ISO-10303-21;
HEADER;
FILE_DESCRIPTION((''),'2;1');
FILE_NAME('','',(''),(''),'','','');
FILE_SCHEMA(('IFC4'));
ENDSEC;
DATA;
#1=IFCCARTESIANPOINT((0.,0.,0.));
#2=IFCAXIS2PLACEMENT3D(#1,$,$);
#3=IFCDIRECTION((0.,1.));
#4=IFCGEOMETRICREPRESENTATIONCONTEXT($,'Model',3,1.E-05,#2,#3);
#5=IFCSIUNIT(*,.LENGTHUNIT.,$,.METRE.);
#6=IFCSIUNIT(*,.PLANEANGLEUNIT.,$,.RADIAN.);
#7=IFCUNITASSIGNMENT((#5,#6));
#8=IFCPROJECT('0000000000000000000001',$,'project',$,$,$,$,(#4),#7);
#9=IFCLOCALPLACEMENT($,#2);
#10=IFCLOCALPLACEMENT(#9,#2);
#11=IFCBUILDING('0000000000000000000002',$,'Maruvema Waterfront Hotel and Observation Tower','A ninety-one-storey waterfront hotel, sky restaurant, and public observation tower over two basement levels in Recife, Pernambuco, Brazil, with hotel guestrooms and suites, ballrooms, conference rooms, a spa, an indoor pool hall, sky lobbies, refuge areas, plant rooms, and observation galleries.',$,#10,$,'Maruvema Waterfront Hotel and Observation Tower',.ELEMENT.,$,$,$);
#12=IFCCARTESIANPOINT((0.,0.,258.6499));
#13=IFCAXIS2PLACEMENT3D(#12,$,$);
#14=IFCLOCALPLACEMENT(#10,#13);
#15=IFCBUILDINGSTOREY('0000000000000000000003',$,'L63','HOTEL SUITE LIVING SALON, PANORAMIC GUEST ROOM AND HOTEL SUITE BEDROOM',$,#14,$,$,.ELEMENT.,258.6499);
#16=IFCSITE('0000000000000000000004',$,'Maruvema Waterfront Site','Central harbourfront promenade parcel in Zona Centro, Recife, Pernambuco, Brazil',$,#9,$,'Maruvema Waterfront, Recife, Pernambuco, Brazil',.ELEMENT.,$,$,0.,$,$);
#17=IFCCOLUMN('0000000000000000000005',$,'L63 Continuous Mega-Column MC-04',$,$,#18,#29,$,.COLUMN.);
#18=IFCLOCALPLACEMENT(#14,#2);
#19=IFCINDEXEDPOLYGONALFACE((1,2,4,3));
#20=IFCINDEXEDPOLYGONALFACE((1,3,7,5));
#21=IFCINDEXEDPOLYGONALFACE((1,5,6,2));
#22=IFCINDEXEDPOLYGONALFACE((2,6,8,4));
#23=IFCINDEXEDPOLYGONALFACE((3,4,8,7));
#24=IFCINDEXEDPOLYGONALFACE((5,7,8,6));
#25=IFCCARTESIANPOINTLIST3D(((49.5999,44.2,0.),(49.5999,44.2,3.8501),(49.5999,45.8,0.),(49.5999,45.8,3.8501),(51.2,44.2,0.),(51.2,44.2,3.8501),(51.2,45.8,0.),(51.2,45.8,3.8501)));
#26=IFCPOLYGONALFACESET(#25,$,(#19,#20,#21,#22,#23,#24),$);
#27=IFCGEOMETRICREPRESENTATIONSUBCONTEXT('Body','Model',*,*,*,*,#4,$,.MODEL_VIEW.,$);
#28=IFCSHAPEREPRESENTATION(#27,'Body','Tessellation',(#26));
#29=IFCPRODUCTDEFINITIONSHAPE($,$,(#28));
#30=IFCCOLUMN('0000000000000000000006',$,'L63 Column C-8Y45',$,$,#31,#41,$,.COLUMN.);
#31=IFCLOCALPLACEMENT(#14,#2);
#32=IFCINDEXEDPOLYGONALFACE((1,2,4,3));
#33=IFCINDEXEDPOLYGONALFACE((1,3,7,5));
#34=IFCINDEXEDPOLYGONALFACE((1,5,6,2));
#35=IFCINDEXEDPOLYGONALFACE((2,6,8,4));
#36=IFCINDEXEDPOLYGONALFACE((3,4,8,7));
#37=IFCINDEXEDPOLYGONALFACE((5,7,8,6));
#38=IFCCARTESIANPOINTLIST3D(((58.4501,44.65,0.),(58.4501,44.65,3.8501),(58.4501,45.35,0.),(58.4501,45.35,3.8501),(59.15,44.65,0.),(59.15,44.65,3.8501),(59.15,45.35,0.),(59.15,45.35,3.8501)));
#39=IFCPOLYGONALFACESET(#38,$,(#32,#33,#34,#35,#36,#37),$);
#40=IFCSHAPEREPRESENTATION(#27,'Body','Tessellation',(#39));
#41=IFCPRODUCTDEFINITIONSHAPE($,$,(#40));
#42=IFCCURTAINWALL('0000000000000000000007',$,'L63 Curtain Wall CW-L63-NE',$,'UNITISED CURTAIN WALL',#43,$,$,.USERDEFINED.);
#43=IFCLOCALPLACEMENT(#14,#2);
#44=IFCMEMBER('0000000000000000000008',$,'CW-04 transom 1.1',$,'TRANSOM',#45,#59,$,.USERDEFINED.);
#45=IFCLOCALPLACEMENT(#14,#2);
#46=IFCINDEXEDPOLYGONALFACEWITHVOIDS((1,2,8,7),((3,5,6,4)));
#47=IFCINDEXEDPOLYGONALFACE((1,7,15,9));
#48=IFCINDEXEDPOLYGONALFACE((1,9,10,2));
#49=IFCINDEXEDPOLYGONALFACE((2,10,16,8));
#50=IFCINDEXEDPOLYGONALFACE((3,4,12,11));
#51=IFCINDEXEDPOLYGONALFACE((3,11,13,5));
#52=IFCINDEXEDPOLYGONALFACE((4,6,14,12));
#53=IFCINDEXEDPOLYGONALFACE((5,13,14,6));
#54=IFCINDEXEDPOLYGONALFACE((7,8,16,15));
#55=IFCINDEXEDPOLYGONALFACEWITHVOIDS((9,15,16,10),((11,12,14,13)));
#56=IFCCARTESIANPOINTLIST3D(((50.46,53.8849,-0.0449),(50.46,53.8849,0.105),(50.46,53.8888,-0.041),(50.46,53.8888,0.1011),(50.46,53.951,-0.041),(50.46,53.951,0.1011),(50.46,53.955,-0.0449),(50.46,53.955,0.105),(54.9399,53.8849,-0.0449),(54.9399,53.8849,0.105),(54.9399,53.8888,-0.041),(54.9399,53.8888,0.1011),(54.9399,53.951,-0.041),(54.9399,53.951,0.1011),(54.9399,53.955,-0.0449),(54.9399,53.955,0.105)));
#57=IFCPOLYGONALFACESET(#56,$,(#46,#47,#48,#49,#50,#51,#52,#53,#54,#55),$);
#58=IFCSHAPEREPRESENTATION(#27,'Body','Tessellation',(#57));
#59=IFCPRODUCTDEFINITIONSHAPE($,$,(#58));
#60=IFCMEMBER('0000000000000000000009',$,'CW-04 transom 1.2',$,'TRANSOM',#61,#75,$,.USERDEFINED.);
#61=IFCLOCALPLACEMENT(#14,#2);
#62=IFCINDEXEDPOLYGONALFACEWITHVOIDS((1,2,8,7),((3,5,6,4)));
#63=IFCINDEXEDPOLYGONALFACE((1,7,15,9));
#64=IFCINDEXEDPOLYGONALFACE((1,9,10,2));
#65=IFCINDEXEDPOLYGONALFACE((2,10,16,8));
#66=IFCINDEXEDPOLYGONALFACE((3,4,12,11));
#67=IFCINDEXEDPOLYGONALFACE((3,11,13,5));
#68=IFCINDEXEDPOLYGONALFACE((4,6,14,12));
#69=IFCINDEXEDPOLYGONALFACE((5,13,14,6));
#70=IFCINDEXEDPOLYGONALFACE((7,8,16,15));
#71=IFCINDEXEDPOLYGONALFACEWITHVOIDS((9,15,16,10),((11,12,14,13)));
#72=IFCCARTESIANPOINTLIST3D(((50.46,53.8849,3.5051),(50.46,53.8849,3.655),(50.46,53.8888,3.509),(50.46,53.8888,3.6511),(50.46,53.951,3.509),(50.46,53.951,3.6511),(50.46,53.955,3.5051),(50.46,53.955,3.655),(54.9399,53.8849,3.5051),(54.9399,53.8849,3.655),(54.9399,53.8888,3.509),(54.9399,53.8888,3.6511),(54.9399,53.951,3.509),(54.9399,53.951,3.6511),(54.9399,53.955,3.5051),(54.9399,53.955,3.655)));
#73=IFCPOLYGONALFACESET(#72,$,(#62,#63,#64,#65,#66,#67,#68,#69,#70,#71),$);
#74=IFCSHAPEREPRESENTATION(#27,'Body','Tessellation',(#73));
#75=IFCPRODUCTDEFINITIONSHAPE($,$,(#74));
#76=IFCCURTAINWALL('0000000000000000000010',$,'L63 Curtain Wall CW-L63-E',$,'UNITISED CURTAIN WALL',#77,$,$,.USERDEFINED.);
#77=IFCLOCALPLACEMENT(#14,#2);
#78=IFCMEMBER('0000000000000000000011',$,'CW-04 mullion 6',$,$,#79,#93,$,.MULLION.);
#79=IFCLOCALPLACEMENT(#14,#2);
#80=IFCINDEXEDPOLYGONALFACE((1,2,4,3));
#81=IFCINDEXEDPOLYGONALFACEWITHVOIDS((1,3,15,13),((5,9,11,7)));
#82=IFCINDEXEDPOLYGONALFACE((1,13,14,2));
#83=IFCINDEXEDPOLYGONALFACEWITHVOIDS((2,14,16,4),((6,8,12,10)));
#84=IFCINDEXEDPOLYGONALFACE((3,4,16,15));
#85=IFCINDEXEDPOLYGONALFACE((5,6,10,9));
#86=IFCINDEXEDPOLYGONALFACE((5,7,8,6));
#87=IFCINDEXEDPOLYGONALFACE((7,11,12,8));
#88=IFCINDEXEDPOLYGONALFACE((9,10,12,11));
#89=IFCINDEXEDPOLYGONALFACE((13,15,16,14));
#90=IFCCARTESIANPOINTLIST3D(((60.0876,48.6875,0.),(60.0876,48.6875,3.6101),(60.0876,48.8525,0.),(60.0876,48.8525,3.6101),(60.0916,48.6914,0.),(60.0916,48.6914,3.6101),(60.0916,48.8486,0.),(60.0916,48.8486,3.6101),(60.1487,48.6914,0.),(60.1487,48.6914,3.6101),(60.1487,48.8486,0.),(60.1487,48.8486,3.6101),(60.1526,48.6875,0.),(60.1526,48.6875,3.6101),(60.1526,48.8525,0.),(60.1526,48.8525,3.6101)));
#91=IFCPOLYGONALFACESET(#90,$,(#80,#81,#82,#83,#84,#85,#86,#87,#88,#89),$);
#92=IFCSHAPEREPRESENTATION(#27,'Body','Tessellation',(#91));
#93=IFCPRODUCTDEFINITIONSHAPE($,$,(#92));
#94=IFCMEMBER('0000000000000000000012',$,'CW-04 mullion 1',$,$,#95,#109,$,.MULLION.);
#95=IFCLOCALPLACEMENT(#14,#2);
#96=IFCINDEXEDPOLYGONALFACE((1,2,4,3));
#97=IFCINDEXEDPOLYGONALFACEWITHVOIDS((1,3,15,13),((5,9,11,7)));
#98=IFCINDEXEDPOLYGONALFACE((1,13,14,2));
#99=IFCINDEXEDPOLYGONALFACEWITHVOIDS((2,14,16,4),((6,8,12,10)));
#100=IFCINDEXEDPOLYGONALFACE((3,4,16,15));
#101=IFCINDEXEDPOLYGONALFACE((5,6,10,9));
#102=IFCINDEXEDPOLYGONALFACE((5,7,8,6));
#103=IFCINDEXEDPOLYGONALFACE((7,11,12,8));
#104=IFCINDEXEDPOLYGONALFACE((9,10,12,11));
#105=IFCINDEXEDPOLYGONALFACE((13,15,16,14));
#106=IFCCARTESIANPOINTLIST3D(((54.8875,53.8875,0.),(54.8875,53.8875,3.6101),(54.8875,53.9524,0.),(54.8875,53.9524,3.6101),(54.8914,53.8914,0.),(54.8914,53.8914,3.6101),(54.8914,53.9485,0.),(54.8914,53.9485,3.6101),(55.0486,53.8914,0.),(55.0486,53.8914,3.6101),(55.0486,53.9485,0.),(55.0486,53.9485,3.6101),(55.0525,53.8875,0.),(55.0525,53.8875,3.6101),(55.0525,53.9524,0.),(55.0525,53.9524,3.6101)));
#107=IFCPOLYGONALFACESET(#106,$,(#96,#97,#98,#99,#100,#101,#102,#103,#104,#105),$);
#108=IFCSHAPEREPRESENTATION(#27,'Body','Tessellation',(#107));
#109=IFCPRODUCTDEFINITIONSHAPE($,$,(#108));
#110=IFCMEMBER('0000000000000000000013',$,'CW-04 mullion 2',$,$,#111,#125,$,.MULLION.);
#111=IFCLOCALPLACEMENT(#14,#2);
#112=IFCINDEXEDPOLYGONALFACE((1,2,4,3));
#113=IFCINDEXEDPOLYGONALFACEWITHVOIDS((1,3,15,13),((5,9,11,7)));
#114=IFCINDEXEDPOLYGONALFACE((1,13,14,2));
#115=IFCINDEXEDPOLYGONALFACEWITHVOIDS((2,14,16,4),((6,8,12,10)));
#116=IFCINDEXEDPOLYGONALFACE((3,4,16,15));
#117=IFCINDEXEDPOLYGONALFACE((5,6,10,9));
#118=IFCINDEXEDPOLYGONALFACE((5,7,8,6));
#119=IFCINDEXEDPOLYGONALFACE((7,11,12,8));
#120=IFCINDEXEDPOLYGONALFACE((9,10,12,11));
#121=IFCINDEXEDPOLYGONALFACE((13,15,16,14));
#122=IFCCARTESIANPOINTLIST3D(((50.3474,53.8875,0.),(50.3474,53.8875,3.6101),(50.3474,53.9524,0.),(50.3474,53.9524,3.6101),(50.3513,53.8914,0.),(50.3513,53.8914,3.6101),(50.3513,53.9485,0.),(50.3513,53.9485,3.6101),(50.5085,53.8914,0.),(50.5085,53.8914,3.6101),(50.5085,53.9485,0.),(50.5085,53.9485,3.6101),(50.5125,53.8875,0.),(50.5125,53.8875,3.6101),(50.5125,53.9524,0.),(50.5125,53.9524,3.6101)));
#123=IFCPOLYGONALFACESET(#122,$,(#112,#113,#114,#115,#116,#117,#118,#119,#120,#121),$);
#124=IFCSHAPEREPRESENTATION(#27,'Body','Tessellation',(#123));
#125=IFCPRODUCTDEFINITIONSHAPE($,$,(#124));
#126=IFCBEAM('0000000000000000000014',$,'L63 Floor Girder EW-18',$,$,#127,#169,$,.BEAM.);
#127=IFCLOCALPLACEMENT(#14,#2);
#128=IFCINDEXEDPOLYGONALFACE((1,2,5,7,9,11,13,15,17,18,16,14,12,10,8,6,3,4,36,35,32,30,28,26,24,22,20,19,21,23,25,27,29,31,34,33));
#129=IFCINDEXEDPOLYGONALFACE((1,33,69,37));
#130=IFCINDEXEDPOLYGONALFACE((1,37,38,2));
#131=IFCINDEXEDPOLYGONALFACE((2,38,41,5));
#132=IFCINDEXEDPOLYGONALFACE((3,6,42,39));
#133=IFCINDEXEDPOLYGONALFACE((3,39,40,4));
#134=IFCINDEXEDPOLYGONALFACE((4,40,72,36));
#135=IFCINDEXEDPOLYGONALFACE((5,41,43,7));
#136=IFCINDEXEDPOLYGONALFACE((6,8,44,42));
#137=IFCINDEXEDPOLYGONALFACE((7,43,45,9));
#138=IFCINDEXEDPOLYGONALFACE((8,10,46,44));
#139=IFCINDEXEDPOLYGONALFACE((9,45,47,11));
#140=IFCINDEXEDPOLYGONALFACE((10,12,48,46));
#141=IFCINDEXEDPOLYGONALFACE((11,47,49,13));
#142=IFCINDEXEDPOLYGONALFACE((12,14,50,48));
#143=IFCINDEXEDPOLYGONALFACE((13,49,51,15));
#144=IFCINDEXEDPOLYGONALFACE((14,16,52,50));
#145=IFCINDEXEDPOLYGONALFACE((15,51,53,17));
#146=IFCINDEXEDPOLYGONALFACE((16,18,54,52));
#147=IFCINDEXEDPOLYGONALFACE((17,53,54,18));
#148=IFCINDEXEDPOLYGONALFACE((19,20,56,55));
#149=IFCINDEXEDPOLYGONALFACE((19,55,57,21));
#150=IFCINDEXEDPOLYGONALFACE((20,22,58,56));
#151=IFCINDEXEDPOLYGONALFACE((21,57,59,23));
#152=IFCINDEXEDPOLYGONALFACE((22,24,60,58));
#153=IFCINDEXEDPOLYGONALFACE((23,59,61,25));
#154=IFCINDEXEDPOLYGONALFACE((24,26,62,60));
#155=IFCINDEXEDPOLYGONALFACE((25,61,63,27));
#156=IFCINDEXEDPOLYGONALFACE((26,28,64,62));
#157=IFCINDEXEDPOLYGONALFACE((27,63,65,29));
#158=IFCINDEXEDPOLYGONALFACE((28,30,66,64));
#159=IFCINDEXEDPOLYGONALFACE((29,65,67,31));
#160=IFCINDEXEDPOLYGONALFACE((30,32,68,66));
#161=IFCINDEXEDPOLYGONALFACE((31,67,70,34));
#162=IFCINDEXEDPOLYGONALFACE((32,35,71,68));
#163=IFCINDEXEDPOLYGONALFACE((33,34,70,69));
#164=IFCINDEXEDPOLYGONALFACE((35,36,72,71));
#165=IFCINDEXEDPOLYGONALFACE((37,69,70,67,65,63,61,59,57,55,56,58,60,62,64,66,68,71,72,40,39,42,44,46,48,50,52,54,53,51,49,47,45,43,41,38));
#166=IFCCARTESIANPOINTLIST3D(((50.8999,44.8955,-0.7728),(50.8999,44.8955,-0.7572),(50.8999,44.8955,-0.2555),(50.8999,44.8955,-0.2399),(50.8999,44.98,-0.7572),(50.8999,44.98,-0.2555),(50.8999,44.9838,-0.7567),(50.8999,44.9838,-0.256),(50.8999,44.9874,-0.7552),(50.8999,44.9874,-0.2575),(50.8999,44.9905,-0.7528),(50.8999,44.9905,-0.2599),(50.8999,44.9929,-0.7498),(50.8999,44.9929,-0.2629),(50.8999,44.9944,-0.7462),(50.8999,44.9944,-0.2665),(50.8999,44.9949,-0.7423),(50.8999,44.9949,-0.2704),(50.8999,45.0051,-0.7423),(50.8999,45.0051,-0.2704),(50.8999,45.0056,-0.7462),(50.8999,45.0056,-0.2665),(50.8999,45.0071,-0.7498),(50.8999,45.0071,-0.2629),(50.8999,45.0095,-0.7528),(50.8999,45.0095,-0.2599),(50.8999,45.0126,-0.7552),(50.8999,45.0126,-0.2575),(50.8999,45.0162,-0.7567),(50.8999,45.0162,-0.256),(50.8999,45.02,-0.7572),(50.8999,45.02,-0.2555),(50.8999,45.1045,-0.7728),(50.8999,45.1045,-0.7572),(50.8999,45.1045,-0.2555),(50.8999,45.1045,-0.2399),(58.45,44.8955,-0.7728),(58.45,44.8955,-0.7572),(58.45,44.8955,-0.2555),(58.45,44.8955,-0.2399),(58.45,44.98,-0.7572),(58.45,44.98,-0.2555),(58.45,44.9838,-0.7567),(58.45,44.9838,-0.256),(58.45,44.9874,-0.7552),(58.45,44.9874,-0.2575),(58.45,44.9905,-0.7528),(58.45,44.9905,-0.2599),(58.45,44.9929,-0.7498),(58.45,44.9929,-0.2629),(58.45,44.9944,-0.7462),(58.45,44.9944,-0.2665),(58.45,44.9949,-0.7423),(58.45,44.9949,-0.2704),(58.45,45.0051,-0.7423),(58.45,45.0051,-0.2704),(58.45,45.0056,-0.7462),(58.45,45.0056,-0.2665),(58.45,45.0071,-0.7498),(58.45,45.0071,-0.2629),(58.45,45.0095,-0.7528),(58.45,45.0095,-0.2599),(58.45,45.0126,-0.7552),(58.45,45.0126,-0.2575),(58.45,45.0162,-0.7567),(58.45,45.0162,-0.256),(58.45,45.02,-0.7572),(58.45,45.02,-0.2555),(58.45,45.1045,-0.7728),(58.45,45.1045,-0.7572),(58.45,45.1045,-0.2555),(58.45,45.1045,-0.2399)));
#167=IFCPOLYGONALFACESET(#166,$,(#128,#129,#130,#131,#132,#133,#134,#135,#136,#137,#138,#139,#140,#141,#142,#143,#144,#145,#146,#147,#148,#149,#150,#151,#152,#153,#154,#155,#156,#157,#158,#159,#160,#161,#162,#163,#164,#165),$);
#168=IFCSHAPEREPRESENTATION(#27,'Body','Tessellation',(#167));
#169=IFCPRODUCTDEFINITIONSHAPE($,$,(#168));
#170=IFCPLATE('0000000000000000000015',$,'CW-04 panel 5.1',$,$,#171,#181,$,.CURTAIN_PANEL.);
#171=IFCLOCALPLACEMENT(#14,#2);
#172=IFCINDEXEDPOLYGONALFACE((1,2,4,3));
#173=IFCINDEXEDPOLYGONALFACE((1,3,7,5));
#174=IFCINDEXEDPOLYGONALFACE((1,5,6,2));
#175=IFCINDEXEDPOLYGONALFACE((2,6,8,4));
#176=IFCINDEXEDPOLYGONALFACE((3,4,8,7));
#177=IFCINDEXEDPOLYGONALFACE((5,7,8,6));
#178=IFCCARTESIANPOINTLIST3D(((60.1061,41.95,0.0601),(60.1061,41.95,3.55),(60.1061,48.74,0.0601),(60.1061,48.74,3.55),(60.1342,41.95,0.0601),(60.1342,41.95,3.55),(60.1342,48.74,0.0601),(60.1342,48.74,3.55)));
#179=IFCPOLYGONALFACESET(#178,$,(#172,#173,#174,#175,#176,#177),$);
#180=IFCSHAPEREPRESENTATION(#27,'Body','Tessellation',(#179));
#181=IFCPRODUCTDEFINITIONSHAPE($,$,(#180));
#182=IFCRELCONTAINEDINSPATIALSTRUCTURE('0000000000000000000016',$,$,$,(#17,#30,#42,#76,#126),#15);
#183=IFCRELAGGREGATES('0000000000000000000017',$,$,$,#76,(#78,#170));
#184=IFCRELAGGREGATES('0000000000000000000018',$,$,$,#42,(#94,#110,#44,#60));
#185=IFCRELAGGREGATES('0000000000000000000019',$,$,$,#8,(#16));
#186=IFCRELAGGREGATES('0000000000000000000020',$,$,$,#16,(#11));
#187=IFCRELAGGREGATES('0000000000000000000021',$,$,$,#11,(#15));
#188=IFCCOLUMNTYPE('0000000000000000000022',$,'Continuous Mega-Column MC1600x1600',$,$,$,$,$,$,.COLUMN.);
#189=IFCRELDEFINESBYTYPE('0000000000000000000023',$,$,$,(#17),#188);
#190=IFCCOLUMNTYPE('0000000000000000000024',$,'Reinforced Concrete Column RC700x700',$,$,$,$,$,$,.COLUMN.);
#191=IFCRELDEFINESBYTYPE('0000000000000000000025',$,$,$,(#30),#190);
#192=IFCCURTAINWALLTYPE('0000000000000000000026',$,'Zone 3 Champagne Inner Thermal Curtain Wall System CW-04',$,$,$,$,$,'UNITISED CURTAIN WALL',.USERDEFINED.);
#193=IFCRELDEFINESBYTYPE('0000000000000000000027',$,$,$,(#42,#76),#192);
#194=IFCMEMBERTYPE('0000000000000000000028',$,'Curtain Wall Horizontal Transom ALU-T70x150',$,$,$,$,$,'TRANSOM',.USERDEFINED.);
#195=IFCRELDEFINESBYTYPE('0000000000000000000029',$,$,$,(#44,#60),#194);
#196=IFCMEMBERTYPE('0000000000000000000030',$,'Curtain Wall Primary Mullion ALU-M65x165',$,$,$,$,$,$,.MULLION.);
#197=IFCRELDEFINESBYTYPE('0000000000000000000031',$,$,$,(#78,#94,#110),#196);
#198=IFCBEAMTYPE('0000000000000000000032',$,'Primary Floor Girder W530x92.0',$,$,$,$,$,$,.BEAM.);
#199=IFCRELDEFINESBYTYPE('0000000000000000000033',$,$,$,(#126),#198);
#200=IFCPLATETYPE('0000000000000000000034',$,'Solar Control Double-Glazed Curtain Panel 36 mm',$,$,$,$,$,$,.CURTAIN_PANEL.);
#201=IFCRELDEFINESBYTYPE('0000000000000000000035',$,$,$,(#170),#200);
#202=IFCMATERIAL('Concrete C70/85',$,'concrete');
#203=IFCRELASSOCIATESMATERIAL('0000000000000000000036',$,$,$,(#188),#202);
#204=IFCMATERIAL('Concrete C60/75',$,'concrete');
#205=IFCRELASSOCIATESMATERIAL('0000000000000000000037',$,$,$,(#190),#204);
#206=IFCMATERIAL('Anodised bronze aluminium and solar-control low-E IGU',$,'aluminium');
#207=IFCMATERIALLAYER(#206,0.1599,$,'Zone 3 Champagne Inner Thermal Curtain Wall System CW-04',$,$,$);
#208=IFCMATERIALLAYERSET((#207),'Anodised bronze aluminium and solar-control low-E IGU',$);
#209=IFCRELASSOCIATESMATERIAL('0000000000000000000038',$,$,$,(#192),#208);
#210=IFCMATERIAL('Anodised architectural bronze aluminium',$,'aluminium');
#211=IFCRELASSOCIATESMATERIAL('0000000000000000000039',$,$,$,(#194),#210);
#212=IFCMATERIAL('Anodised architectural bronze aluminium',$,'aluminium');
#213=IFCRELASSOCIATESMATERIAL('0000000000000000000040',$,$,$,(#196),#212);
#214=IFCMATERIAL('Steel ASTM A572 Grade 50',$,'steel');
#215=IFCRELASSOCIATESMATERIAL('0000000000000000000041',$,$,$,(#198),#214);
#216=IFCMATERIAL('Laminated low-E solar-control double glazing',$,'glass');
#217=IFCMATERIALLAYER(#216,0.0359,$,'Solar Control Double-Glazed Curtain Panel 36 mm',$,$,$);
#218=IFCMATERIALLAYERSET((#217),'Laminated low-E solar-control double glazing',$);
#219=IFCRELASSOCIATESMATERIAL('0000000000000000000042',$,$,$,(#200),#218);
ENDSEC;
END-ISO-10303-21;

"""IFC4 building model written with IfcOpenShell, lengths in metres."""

from ifc_helpers import new_model, si_unit, direction, frame, origin, origin_2d, place, context, subcontext, project, spatial, rectangle, hollow_rectangle, i_section, extrude, material, layer, layer_set, material_profile, profile_set, type_object, element, aggregate, save


model = new_model("IFC4")

# Units and contexts
model_context = context("Model", 3, precision=1e-05, world=origin(), true_north=direction((0.0, 1.0)))
body_context = subcontext(model_context, "Body", "Model", "MODEL_VIEW")
ifc_project = project(units=[si_unit("LENGTHUNIT", "METRE"), si_unit("PLANEANGLEUNIT", "RADIAN")], contexts=[model_context])

# Site, building, storey
site_placement = place(None, origin())
site = spatial("IfcSite", under=ifc_project, at=site_placement, Name="Maruvema Waterfront Site", Description="Central harbourfront promenade parcel in Zona Centro, Recife, Pernambuco, Brazil", LongName="Maruvema Waterfront, Recife, Pernambuco, Brazil", CompositionType="ELEMENT", RefElevation=0.0)
building_placement = place(site_placement, origin())
building = spatial("IfcBuilding", under=site, at=building_placement, Name="Maruvema Waterfront Hotel and Observation Tower", Description="A ninety-one-storey waterfront hotel, sky restaurant, and public observation tower over two basement levels in Recife, Pernambuco, Brazil, with hotel guestrooms and suites, ballrooms, conference rooms, a spa, an indoor pool hall, sky lobbies, refuge areas, plant rooms, and observation galleries.", LongName="Maruvema Waterfront Hotel and Observation Tower", CompositionType="ELEMENT")
storey_placement = place(building_placement, frame((0.0, 0.0, 258.6499)))
storey = spatial("IfcBuildingStorey", under=building, at=storey_placement, Name="L63", Description="HOTEL SUITE LIVING SALON, PANORAMIC GUEST ROOM AND HOTEL SUITE BEDROOM", CompositionType="ELEMENT", Elevation=258.6499)

# Columns
ifc_material_1 = material(Name="Concrete C70/85", Category="concrete")
ifc_material_profile_1 = material_profile(ifc_material_1, rectangle(XDim=1.6001, YDim=1.6001, at=origin_2d()), Name="MC1600x1600")
ifc_profile_set_1 = profile_set([ifc_material_profile_1], Name="Concrete C70/85")
column_type_1 = type_object("IfcColumnType", Name="Continuous Mega-Column MC1600x1600", PredefinedType="COLUMN", material=ifc_profile_set_1)
column_1_placement = place(storey_placement, frame((50.3999, 45.0, 0.0), z_axis=(0.0, 0.0, 1.0), x_axis=(1.0, 0.0, 0.0)))
element("IfcColumn", 1, at=column_1_placement, inside=storey, type_object=column_type_1, Name="L63 Continuous Mega-Column MC-04", PredefinedType="COLUMN", context=body_context, shape_type="SweptSolid", body=[
    extrude(rectangle(XDim=1.6001, YDim=1.6001, at=origin_2d()), origin(), (0.0, 0.0, 1.0), 3.8501),
])
ifc_material_2 = material(Name="Concrete C60/75", Category="concrete")
ifc_material_profile_2 = material_profile(ifc_material_2, rectangle(XDim=0.7, YDim=0.7, at=origin_2d()), Name="RC700x700")
ifc_profile_set_2 = profile_set([ifc_material_profile_2], Name="Concrete C60/75")
column_type_2 = type_object("IfcColumnType", Name="Reinforced Concrete Column RC700x700", PredefinedType="COLUMN", material=ifc_profile_set_2)
column_2_placement = place(storey_placement, frame((58.8, 45.0, 0.0), z_axis=(0.0, 0.0, 1.0), x_axis=(1.0, 0.0, 0.0)))
element("IfcColumn", 2, at=column_2_placement, inside=storey, type_object=column_type_2, Name="L63 Column C-8Y45", PredefinedType="COLUMN", context=body_context, shape_type="SweptSolid", body=[
    extrude(rectangle(XDim=0.7, YDim=0.7, at=origin_2d()), origin(), (0.0, 0.0, 1.0), 3.8501),
])

# Curtain wall, members
ifc_material_3 = material(Name="Anodised bronze aluminium and solar-control low-E IGU", Category="aluminium")
ifc_layer_1 = layer(ifc_material_3, 0.1599, Name="Zone 3 Champagne Inner Thermal Curtain Wall System CW-04")
ifc_layer_set_1 = layer_set([ifc_layer_1], Name="Anodised bronze aluminium and solar-control low-E IGU")
curtain_wall_type = type_object("IfcCurtainWallType", Name="Zone 3 Champagne Inner Thermal Curtain Wall System CW-04", ElementType="UNITISED CURTAIN WALL", PredefinedType="USERDEFINED", material=ifc_layer_set_1)
curtain_wall_1_placement = place(storey_placement, origin())
curtain_wall_1 = element("IfcCurtainWall", 3, at=curtain_wall_1_placement, inside=storey, type_object=curtain_wall_type, Name="L63 Curtain Wall CW-L63-NE", ObjectType="UNITISED CURTAIN WALL", PredefinedType="USERDEFINED")
ifc_material_4 = material(Name="Anodised architectural bronze aluminium", Category="aluminium")
ifc_material_profile_3 = material_profile(ifc_material_4, hollow_rectangle(XDim=0.0701, YDim=0.1499, WallThickness=0.0039, at=origin_2d()), Name="ALU-T70x150")
ifc_profile_set_3 = profile_set([ifc_material_profile_3], Name="Anodised architectural bronze aluminium")
member_type_1 = type_object("IfcMemberType", Name="Curtain Wall Horizontal Transom ALU-T70x150", ElementType="TRANSOM", PredefinedType="USERDEFINED", material=ifc_profile_set_3)
member_1_placement = place(storey_placement, frame((54.9399, 53.9199, 0.03), z_axis=(-1.0, 0.0, 0.0), x_axis=(0.0, -1.0, 0.0)))
member_1 = element("IfcMember", 4, at=member_1_placement, type_object=member_type_1, Name="CW-04 transom 1.1", ObjectType="TRANSOM", PredefinedType="USERDEFINED", context=body_context, shape_type="SweptSolid", body=[
    extrude(hollow_rectangle(XDim=0.0701, YDim=0.1499, WallThickness=0.0039, at=origin_2d()), origin(), (0.0, 0.0, 1.0), 4.48),
])
member_2_placement = place(storey_placement, frame((54.9399, 53.9199, 3.5801), z_axis=(-1.0, 0.0, 0.0), x_axis=(0.0, -1.0, 0.0)))
member_2 = element("IfcMember", 5, at=member_2_placement, type_object=member_type_1, Name="CW-04 transom 1.2", ObjectType="TRANSOM", PredefinedType="USERDEFINED", context=body_context, shape_type="SweptSolid", body=[
    extrude(hollow_rectangle(XDim=0.0701, YDim=0.1499, WallThickness=0.0039, at=origin_2d()), origin(), (0.0, 0.0, 1.0), 4.48),
])

# Curtain wall, member
curtain_wall_2_placement = place(storey_placement, origin())
curtain_wall_2 = element("IfcCurtainWall", 6, at=curtain_wall_2_placement, inside=storey, type_object=curtain_wall_type, Name="L63 Curtain Wall CW-L63-E", ObjectType="UNITISED CURTAIN WALL", PredefinedType="USERDEFINED")
ifc_material_5 = material(Name="Anodised architectural bronze aluminium", Category="aluminium")
ifc_material_profile_4 = material_profile(ifc_material_5, hollow_rectangle(XDim=0.0649, YDim=0.165, WallThickness=0.0039, at=origin_2d()), Name="ALU-M65x165")
ifc_profile_set_4 = profile_set([ifc_material_profile_4], Name="Anodised architectural bronze aluminium")
member_type_2 = type_object("IfcMemberType", Name="Curtain Wall Primary Mullion ALU-M65x165", PredefinedType="MULLION", material=ifc_profile_set_4)
member_3_placement = place(storey_placement, frame((60.1201, 48.77, 0.0), z_axis=(0.0, 0.0, 1.0), x_axis=(-1.0, 0.0, 0.0)))
member_3 = element("IfcMember", 7, at=member_3_placement, type_object=member_type_2, Name="CW-04 mullion 6", PredefinedType="MULLION", context=body_context, shape_type="SweptSolid", body=[
    extrude(hollow_rectangle(XDim=0.0649, YDim=0.165, WallThickness=0.0039, at=origin_2d()), origin(), (0.0, 0.0, 1.0), 3.6101),
])

# Members
member_4_placement = place(storey_placement, frame((54.97, 53.9199, 0.0), z_axis=(0.0, 0.0, 1.0), x_axis=(0.0, -1.0, 0.0)))
member_4 = element("IfcMember", 8, at=member_4_placement, type_object=member_type_2, Name="CW-04 mullion 1", PredefinedType="MULLION", context=body_context, shape_type="SweptSolid", body=[
    extrude(hollow_rectangle(XDim=0.0649, YDim=0.165, WallThickness=0.0039, at=origin_2d()), origin(), (0.0, 0.0, 1.0), 3.6101),
])
member_5_placement = place(storey_placement, frame((50.4299, 53.9199, 0.0), z_axis=(0.0, 0.0, 1.0), x_axis=(0.0, -1.0, 0.0)))
member_5 = element("IfcMember", 9, at=member_5_placement, type_object=member_type_2, Name="CW-04 mullion 2", PredefinedType="MULLION", context=body_context, shape_type="SweptSolid", body=[
    extrude(hollow_rectangle(XDim=0.0649, YDim=0.165, WallThickness=0.0039, at=origin_2d()), origin(), (0.0, 0.0, 1.0), 3.6101),
])

# Beam
ifc_material_6 = material(Name="Steel ASTM A572 Grade 50", Category="steel")
ifc_material_profile_5 = material_profile(ifc_material_6, i_section(OverallWidth=0.209, OverallDepth=0.533, WebThickness=0.0103, FlangeThickness=0.0156, FilletRadius=0.0149, at=origin_2d()), Name="W530x92.0")
ifc_profile_set_5 = profile_set([ifc_material_profile_5], Name="Steel ASTM A572 Grade 50")
beam_type = type_object("IfcBeamType", Name="Primary Floor Girder W530x92.0", PredefinedType="BEAM", material=ifc_profile_set_5)
beam_placement = place(storey_placement, frame((50.8999, 45.0, -0.5063), z_axis=(1.0, 0.0, 0.0), x_axis=(0.0, 1.0, 0.0)))
element("IfcBeam", 10, at=beam_placement, inside=storey, type_object=beam_type, Name="L63 Floor Girder EW-18", PredefinedType="BEAM", context=body_context, shape_type="SweptSolid", body=[
    extrude(i_section(OverallWidth=0.209, OverallDepth=0.533, WebThickness=0.0103, FlangeThickness=0.0156, FilletRadius=0.0149, at=origin_2d()), origin(), (0.0, 0.0, 1.0), 7.55),
])

# Plate
ifc_material_7 = material(Name="Laminated low-E solar-control double glazing", Category="glass")
ifc_layer_2 = layer(ifc_material_7, 0.0359, Name="Solar Control Double-Glazed Curtain Panel 36 mm")
ifc_layer_set_2 = layer_set([ifc_layer_2], Name="Laminated low-E solar-control double glazing")
plate_type = type_object("IfcPlateType", Name="Solar Control Double-Glazed Curtain Panel 36 mm", PredefinedType="CURTAIN_PANEL", material=ifc_layer_set_2)
plate_1_placement = place(storey_placement, frame((60.1201, 45.345, 0.0601), z_axis=(0.0, 0.0, 1.0), x_axis=(0.0, 1.0, 0.0)))
plate_1 = element("IfcPlate", 11, at=plate_1_placement, type_object=plate_type, Name="CW-04 panel 5.1", PredefinedType="CURTAIN_PANEL", context=body_context, shape_type="SweptSolid", body=[
    extrude(rectangle(XDim=6.79, YDim=0.0281, at=origin_2d()), origin(), (0.0, 0.0, 1.0), 3.49),
])
aggregate(curtain_wall_2, [member_3, plate_1])
aggregate(curtain_wall_1, [member_4, member_5, member_1, member_2])

save(model, "model.ifc")
